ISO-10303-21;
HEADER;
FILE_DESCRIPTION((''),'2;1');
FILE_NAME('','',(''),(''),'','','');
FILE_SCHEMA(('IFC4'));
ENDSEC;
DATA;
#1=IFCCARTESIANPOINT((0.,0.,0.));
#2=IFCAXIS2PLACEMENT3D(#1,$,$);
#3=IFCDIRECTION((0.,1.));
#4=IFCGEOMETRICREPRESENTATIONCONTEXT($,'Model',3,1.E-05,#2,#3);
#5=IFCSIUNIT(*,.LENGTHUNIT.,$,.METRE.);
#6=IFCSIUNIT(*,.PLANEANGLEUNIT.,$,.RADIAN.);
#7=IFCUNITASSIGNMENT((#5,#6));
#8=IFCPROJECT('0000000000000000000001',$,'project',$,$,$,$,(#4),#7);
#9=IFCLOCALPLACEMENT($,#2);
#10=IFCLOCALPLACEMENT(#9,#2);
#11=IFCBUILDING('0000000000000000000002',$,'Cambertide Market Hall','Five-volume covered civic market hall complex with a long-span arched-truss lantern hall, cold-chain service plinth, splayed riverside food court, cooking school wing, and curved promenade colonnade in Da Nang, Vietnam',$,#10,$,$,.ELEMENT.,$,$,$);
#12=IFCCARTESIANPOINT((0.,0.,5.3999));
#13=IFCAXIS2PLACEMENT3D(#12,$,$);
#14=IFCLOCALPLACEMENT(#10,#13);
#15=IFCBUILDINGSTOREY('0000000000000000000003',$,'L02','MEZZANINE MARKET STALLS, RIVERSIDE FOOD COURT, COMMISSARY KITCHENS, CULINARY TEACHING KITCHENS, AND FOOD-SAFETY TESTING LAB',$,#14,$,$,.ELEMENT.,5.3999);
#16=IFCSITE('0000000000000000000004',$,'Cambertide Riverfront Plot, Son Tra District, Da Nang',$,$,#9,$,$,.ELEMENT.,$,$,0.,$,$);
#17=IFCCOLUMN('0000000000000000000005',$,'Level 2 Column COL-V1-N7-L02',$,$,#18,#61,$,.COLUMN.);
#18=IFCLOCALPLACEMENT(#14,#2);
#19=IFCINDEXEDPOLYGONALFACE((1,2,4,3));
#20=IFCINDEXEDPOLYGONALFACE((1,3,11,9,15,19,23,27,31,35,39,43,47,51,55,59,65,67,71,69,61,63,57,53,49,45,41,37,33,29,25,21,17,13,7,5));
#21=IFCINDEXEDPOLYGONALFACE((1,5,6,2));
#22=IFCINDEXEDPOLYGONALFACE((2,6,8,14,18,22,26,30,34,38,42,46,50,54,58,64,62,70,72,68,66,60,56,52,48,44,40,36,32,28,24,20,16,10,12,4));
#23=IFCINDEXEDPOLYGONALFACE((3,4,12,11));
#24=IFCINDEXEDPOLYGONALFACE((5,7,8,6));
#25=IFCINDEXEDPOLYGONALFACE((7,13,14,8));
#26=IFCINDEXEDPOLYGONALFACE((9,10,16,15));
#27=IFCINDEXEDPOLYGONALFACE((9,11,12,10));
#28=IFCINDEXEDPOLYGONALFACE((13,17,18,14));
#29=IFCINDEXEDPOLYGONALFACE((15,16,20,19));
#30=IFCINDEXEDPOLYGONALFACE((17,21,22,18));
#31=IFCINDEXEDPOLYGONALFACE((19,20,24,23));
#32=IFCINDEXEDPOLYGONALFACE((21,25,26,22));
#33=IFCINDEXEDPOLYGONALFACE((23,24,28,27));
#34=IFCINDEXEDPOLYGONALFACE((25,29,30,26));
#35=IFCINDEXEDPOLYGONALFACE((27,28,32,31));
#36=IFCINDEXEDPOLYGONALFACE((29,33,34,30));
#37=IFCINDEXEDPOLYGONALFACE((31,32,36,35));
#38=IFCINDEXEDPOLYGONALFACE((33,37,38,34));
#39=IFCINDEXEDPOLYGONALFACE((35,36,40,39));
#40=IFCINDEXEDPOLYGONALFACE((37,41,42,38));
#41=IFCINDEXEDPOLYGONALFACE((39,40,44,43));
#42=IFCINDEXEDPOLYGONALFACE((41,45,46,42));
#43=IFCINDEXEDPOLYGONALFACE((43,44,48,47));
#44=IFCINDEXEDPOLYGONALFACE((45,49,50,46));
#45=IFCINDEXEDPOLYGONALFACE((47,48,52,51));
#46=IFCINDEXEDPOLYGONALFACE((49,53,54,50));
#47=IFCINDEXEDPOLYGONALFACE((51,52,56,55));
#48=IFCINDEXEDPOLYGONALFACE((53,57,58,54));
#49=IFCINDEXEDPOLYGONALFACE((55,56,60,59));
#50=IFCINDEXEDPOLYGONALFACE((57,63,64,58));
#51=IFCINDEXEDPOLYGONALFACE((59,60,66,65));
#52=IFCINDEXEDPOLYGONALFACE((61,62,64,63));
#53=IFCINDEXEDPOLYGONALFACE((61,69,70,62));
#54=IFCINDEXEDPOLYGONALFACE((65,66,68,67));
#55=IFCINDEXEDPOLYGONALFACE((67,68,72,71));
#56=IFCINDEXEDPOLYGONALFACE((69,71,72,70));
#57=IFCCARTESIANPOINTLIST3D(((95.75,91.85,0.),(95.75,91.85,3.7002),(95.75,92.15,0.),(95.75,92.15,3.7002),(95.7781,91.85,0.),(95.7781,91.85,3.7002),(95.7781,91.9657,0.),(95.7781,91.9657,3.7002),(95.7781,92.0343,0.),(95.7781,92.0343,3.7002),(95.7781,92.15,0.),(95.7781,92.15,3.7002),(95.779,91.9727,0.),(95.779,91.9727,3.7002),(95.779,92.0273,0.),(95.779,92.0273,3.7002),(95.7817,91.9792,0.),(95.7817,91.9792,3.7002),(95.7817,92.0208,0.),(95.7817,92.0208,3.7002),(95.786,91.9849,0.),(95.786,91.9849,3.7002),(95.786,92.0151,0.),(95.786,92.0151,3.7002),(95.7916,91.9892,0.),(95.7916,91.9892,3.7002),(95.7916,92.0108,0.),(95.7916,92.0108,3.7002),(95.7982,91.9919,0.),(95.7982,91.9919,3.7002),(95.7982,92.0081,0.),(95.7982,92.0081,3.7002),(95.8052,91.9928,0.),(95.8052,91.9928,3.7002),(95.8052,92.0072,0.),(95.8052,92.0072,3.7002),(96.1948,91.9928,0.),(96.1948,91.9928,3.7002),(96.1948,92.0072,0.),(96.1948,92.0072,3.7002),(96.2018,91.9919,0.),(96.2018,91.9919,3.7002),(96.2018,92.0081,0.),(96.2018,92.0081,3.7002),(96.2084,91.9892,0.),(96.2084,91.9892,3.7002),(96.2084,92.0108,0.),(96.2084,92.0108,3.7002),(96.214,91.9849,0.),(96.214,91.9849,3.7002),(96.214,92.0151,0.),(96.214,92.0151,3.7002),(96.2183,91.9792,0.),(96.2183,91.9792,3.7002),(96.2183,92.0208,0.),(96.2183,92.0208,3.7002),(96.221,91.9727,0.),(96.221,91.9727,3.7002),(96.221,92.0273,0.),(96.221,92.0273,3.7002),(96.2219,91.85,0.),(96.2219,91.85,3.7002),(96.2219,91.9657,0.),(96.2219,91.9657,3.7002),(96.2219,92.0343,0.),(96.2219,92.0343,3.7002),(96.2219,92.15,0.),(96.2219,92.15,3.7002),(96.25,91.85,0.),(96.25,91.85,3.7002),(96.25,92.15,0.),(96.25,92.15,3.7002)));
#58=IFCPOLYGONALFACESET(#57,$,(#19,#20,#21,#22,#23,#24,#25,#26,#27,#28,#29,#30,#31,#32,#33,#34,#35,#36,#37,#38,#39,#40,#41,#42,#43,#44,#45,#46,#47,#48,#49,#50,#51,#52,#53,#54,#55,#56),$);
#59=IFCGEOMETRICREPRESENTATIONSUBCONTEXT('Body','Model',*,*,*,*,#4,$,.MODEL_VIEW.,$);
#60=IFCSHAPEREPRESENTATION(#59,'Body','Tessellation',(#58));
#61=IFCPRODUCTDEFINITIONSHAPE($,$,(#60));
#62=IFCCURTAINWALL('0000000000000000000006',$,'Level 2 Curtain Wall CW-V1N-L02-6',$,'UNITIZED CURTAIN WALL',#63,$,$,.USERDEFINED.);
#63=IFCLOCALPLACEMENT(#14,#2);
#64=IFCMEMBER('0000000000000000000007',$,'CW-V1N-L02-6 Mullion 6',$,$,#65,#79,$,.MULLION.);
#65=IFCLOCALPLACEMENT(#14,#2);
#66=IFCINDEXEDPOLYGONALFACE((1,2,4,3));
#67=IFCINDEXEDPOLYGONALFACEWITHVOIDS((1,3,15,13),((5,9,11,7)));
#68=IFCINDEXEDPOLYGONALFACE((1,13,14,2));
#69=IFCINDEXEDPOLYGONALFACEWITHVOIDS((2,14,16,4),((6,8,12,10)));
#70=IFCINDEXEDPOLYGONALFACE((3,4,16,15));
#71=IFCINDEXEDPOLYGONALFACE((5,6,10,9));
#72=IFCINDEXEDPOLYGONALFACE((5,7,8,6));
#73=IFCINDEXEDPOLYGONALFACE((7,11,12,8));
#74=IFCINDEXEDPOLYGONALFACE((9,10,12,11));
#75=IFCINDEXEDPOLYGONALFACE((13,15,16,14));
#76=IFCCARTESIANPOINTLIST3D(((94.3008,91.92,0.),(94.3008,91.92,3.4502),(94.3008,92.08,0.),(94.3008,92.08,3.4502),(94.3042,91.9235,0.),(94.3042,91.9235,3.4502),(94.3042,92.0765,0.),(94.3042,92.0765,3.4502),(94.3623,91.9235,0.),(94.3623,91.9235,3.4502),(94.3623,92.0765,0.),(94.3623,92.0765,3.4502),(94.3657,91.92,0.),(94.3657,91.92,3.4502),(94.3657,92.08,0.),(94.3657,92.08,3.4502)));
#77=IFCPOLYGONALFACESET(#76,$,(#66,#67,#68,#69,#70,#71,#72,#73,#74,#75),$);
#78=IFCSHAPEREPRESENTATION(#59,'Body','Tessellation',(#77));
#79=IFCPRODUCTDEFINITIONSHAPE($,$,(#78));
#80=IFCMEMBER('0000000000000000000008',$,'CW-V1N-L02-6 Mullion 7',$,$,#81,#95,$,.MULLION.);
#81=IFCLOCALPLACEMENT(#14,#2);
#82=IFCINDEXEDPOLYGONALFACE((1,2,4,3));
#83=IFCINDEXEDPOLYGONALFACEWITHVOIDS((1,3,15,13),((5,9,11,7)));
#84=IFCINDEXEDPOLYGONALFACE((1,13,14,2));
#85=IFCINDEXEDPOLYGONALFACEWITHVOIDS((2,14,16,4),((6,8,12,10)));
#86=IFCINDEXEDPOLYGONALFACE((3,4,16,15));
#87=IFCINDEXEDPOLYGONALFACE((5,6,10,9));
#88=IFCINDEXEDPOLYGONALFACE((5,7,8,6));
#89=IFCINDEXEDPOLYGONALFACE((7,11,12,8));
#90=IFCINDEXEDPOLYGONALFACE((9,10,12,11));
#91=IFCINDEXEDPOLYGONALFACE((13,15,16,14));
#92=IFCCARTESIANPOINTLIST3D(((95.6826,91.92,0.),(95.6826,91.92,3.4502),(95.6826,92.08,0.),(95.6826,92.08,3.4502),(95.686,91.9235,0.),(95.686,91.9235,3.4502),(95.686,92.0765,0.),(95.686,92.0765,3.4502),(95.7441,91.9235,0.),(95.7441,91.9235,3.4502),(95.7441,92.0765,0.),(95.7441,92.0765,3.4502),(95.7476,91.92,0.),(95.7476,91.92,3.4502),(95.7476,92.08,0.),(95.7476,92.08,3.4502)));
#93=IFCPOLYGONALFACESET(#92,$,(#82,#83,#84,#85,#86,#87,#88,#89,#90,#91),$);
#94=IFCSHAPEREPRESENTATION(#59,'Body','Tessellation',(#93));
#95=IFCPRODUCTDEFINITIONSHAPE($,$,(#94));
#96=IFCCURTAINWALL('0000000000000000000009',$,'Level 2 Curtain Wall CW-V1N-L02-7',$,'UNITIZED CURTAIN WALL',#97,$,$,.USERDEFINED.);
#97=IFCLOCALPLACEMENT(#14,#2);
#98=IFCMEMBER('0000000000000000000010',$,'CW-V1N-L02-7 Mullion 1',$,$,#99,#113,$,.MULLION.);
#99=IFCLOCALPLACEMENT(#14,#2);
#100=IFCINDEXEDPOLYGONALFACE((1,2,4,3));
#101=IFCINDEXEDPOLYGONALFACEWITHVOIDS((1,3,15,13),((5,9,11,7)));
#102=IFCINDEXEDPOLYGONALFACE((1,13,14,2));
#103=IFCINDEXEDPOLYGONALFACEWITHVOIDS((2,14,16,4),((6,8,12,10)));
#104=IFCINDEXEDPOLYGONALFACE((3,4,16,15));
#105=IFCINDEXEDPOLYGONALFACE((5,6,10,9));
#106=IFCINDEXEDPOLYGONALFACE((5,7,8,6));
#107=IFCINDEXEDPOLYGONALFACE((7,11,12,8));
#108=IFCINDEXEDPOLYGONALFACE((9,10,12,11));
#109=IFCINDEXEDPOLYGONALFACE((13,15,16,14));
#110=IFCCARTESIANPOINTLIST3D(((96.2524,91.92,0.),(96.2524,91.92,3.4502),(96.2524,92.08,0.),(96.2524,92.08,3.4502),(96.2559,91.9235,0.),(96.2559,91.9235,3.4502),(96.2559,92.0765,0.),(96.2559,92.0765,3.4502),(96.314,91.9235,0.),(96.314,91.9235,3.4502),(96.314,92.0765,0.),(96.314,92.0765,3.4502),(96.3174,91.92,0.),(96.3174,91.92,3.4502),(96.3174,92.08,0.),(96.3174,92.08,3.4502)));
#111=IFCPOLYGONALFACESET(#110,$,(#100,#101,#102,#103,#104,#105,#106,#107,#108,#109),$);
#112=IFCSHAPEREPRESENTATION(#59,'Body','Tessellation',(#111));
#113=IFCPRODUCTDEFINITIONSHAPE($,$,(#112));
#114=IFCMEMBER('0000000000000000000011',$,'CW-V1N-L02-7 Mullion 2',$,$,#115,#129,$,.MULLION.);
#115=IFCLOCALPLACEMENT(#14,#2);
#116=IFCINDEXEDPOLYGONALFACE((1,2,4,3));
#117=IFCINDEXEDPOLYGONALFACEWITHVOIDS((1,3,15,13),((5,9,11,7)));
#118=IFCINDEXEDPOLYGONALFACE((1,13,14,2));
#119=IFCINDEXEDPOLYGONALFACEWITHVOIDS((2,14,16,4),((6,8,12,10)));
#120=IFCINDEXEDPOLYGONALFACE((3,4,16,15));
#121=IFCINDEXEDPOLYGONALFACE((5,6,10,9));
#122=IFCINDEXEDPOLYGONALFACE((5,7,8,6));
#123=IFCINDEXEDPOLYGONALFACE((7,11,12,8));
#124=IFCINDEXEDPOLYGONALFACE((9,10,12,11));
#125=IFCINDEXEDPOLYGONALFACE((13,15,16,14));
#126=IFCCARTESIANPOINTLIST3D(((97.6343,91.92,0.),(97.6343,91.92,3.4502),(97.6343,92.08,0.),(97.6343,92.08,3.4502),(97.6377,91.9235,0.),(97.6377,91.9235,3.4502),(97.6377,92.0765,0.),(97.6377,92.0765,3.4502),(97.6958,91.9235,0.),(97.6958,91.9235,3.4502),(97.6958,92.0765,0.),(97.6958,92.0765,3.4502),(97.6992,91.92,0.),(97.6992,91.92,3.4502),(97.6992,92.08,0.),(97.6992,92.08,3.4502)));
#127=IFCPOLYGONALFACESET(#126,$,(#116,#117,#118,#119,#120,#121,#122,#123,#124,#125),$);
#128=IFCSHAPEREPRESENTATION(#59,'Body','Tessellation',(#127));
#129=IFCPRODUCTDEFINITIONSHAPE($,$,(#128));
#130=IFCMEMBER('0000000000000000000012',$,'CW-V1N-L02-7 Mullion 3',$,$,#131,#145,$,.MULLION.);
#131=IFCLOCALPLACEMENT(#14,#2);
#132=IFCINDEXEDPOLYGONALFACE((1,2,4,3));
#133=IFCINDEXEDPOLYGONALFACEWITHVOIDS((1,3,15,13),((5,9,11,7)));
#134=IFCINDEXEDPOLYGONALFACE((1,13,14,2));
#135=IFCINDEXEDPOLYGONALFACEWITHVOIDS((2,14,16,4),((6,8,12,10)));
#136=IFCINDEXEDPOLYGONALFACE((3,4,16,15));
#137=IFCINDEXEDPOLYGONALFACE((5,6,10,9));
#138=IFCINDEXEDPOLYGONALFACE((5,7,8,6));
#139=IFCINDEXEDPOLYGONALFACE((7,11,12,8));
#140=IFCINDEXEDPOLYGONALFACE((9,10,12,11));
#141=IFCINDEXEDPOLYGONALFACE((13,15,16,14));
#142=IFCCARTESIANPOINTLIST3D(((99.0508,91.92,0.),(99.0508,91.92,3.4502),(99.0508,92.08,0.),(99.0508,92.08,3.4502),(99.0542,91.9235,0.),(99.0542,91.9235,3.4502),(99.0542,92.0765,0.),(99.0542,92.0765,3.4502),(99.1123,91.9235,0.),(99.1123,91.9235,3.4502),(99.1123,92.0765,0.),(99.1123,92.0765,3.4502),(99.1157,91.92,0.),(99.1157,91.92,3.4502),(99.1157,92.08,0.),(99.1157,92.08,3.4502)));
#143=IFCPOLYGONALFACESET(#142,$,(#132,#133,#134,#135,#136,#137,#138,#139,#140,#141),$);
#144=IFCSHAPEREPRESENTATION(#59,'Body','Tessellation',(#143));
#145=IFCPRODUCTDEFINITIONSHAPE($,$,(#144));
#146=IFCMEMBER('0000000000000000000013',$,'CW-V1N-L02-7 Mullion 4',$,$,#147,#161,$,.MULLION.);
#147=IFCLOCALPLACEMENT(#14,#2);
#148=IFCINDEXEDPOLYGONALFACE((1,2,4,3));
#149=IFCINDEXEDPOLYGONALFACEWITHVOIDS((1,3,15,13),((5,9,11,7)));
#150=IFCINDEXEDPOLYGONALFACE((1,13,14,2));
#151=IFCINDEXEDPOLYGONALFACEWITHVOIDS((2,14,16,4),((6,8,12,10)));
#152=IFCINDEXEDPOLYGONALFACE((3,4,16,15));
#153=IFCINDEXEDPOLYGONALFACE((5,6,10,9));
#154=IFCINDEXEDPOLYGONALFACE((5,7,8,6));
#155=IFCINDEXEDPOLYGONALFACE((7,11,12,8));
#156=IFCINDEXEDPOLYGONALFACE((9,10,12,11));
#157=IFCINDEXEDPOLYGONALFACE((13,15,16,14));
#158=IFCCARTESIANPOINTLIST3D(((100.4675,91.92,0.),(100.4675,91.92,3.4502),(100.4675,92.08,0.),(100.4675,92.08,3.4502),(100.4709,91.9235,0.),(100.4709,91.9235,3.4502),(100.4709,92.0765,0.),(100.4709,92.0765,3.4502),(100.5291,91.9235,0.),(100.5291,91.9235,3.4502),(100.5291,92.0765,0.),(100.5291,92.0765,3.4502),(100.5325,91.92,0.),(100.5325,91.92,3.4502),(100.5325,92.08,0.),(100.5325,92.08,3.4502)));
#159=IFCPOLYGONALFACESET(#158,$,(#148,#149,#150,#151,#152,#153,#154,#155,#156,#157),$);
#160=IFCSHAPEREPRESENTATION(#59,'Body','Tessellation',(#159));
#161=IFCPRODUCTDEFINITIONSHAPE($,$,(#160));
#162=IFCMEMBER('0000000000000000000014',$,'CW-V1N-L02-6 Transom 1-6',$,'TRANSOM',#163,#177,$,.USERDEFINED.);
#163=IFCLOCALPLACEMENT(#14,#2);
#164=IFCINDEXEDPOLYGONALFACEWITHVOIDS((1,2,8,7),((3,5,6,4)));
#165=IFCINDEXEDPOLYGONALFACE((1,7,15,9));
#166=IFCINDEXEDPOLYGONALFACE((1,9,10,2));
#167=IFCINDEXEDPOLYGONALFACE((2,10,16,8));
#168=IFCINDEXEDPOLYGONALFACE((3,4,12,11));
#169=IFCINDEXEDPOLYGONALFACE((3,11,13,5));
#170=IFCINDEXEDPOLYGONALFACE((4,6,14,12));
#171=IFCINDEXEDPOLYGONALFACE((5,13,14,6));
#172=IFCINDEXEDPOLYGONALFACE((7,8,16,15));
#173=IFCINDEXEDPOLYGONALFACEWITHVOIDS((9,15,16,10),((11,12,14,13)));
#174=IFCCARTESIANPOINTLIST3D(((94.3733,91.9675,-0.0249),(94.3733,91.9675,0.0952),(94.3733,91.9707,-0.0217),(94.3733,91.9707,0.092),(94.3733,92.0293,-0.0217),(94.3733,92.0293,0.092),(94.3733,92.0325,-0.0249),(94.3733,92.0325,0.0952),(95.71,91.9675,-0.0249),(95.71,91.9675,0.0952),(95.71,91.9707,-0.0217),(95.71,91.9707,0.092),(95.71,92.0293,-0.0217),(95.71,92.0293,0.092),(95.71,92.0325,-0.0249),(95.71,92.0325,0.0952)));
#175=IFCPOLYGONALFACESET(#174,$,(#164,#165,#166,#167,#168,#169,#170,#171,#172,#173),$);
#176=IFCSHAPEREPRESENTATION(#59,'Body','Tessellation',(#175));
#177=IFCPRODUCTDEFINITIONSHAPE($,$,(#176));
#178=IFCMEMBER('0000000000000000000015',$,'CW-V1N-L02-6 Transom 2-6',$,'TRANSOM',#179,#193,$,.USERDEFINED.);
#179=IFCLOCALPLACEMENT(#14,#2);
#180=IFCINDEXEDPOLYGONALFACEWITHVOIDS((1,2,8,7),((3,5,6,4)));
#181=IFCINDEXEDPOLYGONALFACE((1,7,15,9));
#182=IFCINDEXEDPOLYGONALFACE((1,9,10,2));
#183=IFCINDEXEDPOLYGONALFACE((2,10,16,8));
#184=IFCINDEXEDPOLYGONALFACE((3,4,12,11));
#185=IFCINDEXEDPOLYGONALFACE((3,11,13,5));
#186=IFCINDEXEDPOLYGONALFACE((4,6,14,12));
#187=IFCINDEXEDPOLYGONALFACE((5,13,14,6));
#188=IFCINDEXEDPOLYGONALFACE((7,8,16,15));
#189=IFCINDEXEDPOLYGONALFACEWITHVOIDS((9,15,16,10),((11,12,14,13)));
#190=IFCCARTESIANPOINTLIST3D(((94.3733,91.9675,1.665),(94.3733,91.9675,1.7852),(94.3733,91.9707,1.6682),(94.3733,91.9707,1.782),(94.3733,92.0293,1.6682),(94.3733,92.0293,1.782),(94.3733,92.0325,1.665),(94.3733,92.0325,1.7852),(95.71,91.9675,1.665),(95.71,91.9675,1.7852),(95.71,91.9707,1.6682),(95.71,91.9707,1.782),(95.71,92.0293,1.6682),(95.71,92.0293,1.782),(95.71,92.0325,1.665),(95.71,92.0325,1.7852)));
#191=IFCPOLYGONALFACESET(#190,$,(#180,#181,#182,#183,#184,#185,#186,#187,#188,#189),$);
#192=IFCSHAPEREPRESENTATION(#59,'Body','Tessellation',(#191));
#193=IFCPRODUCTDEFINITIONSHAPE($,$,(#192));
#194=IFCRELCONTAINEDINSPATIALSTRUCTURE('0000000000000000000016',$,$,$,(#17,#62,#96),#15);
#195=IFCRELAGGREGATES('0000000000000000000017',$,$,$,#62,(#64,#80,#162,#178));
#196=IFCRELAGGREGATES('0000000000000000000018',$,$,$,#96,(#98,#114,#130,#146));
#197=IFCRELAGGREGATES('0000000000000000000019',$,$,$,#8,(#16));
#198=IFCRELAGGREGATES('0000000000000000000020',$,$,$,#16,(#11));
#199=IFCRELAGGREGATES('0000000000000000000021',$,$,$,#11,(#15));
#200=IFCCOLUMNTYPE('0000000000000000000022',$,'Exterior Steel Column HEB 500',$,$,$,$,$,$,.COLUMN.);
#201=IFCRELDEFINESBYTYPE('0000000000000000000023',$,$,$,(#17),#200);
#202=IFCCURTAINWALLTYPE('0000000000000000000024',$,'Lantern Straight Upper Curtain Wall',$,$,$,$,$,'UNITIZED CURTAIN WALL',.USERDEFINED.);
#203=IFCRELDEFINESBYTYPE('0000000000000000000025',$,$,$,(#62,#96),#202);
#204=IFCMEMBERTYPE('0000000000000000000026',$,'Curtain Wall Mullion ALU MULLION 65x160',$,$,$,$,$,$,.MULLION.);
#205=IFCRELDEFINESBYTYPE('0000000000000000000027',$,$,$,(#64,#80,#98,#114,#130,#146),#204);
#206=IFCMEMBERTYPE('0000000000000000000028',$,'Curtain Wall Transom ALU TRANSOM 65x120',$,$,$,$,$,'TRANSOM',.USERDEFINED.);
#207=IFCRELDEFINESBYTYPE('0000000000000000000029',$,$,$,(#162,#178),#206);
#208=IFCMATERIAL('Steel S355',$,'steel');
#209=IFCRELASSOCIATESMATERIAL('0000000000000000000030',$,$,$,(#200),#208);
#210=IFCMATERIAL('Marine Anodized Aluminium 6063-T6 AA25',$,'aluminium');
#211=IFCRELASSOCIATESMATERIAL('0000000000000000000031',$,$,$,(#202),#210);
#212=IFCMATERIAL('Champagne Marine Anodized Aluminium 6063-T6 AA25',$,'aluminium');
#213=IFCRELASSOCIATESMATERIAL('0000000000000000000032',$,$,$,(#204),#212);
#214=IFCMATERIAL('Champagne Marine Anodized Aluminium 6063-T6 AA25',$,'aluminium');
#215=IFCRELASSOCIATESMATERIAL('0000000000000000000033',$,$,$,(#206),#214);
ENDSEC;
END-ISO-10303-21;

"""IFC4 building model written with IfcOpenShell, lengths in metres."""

from ifc_helpers import new_model, si_unit, direction, frame, origin, origin_2d, place, context, subcontext, project, spatial, hollow_rectangle, i_section, extrude, material, material_profile, profile_set, type_object, element, aggregate, save


model = new_model("IFC4")

# Units and contexts
model_context = context("Model", 3, precision=1e-05, world=origin(), true_north=direction((0.0, 1.0)))
body_context = subcontext(model_context, "Body", "Model", "MODEL_VIEW")
ifc_project = project(units=[si_unit("LENGTHUNIT", "METRE"), si_unit("PLANEANGLEUNIT", "RADIAN")], contexts=[model_context])

# Site, building, storey
site_placement = place(None, origin())
site = spatial("IfcSite", under=ifc_project, at=site_placement, Name="Cambertide Riverfront Plot, Son Tra District, Da Nang", CompositionType="ELEMENT", RefElevation=0.0)
building_placement = place(site_placement, origin())
building = spatial("IfcBuilding", under=site, at=building_placement, Name="Cambertide Market Hall", Description="Five-volume covered civic market hall complex with a long-span arched-truss lantern hall, cold-chain service plinth, splayed riverside food court, cooking school wing, and curved promenade colonnade in Da Nang, Vietnam", CompositionType="ELEMENT")
storey_placement = place(building_placement, frame((0.0, 0.0, 5.3999)))
storey = spatial("IfcBuildingStorey", under=building, at=storey_placement, Name="L02", Description="MEZZANINE MARKET STALLS, RIVERSIDE FOOD COURT, COMMISSARY KITCHENS, CULINARY TEACHING KITCHENS, AND FOOD-SAFETY TESTING LAB", CompositionType="ELEMENT", Elevation=5.3999)

# Column
ifc_material_1 = material(Name="Steel S355", Category="steel")
ifc_material_profile_1 = material_profile(ifc_material_1, i_section(OverallWidth=0.3, OverallDepth=0.5, WebThickness=0.0144, FlangeThickness=0.0281, FilletRadius=0.0271, at=origin_2d()), Name="HEB 500")
ifc_profile_set_1 = profile_set([ifc_material_profile_1], Name="Steel S355")
column_type = type_object("IfcColumnType", Name="Exterior Steel Column HEB 500", PredefinedType="COLUMN", material=ifc_profile_set_1)
column_placement = place(storey_placement, frame((96.0, 92.0, 0.0), z_axis=(0.0, 0.0, 1.0), x_axis=(0.0, 1.0, 0.0)))
element("IfcColumn", 1, at=column_placement, inside=storey, type_object=column_type, Name="Level 2 Column COL-V1-N7-L02", PredefinedType="COLUMN", context=body_context, shape_type="SweptSolid", body=[
    extrude(i_section(OverallWidth=0.3, OverallDepth=0.5, WebThickness=0.0144, FlangeThickness=0.0281, FilletRadius=0.0271, at=origin_2d()), origin(), (0.0, 0.0, 1.0), 3.7002),
])

# Curtain walls, members
ifc_material_2 = material(Name="Marine Anodized Aluminium 6063-T6 AA25", Category="aluminium")
curtain_wall_type = type_object("IfcCurtainWallType", Name="Lantern Straight Upper Curtain Wall", ElementType="UNITIZED CURTAIN WALL", PredefinedType="USERDEFINED", material=ifc_material_2)
curtain_wall_1_placement = place(storey_placement, origin())
curtain_wall_1 = element("IfcCurtainWall", 2, at=curtain_wall_1_placement, inside=storey, type_object=curtain_wall_type, Name="Level 2 Curtain Wall CW-V1N-L02-6", ObjectType="UNITIZED CURTAIN WALL", PredefinedType="USERDEFINED")
ifc_material_3 = material(Name="Champagne Marine Anodized Aluminium 6063-T6 AA25", Category="aluminium")
ifc_material_profile_2 = material_profile(ifc_material_3, hollow_rectangle(XDim=0.0649, YDim=0.1599, WallThickness=0.0034, at=origin_2d()), Name="ALU MULLION 65x160")
ifc_profile_set_2 = profile_set([ifc_material_profile_2], Name="Champagne Marine Anodized Aluminium 6063-T6 AA25")
member_type_1 = type_object("IfcMemberType", Name="Curtain Wall Mullion ALU MULLION 65x160", PredefinedType="MULLION", material=ifc_profile_set_2)
member_1_placement = place(storey_placement, frame((94.3333, 92.0, 0.0), z_axis=(0.0, 0.0, 1.0), x_axis=(1.0, 0.0, 0.0)))
member_1 = element("IfcMember", 3, at=member_1_placement, type_object=member_type_1, Name="CW-V1N-L02-6 Mullion 6", PredefinedType="MULLION", context=body_context, shape_type="SweptSolid", body=[
    extrude(hollow_rectangle(XDim=0.0649, YDim=0.1599, WallThickness=0.0034, at=origin_2d()), origin(), (0.0, 0.0, 1.0), 3.4502),
])
member_2_placement = place(storey_placement, frame((95.7151, 92.0, 0.0), z_axis=(0.0, 0.0, 1.0), x_axis=(1.0, 0.0, 0.0)))
member_2 = element("IfcMember", 4, at=member_2_placement, type_object=member_type_1, Name="CW-V1N-L02-6 Mullion 7", PredefinedType="MULLION", context=body_context, shape_type="SweptSolid", body=[
    extrude(hollow_rectangle(XDim=0.0649, YDim=0.1599, WallThickness=0.0034, at=origin_2d()), origin(), (0.0, 0.0, 1.0), 3.4502),
])
curtain_wall_2_placement = place(storey_placement, origin())
curtain_wall_2 = element("IfcCurtainWall", 5, at=curtain_wall_2_placement, inside=storey, type_object=curtain_wall_type, Name="Level 2 Curtain Wall CW-V1N-L02-7", ObjectType="UNITIZED CURTAIN WALL", PredefinedType="USERDEFINED")
member_3_placement = place(storey_placement, frame((96.2849, 92.0, 0.0), z_axis=(0.0, 0.0, 1.0), x_axis=(1.0, 0.0, 0.0)))
member_3 = element("IfcMember", 6, at=member_3_placement, type_object=member_type_1, Name="CW-V1N-L02-7 Mullion 1", PredefinedType="MULLION", context=body_context, shape_type="SweptSolid", body=[
    extrude(hollow_rectangle(XDim=0.0649, YDim=0.1599, WallThickness=0.0034, at=origin_2d()), origin(), (0.0, 0.0, 1.0), 3.4502),
])
member_4_placement = place(storey_placement, frame((97.6667, 92.0, 0.0), z_axis=(0.0, 0.0, 1.0), x_axis=(1.0, 0.0, 0.0)))
member_4 = element("IfcMember", 7, at=member_4_placement, type_object=member_type_1, Name="CW-V1N-L02-7 Mullion 2", PredefinedType="MULLION", context=body_context, shape_type="SweptSolid", body=[
    extrude(hollow_rectangle(XDim=0.0649, YDim=0.1599, WallThickness=0.0034, at=origin_2d()), origin(), (0.0, 0.0, 1.0), 3.4502),
])
member_5_placement = place(storey_placement, frame((99.0833, 92.0, 0.0), z_axis=(0.0, 0.0, 1.0), x_axis=(1.0, 0.0, 0.0)))
member_5 = element("IfcMember", 8, at=member_5_placement, type_object=member_type_1, Name="CW-V1N-L02-7 Mullion 3", PredefinedType="MULLION", context=body_context, shape_type="SweptSolid", body=[
    extrude(hollow_rectangle(XDim=0.0649, YDim=0.1599, WallThickness=0.0034, at=origin_2d()), origin(), (0.0, 0.0, 1.0), 3.4502),
])
member_6_placement = place(storey_placement, frame((100.5, 92.0, 0.0), z_axis=(0.0, 0.0, 1.0), x_axis=(1.0, 0.0, 0.0)))
member_6 = element("IfcMember", 9, at=member_6_placement, type_object=member_type_1, Name="CW-V1N-L02-7 Mullion 4", PredefinedType="MULLION", context=body_context, shape_type="SweptSolid", body=[
    extrude(hollow_rectangle(XDim=0.0649, YDim=0.1599, WallThickness=0.0034, at=origin_2d()), origin(), (0.0, 0.0, 1.0), 3.4502),
])

# Members
ifc_material_4 = material(Name="Champagne Marine Anodized Aluminium 6063-T6 AA25", Category="aluminium")
ifc_material_profile_3 = material_profile(ifc_material_4, hollow_rectangle(XDim=0.0649, YDim=0.1201, WallThickness=0.0032, at=origin_2d()), Name="ALU TRANSOM 65x120")
ifc_profile_set_3 = profile_set([ifc_material_profile_3], Name="Champagne Marine Anodized Aluminium 6063-T6 AA25")
member_type_2 = type_object("IfcMemberType", Name="Curtain Wall Transom ALU TRANSOM 65x120", ElementType="TRANSOM", PredefinedType="USERDEFINED", material=ifc_profile_set_3)
member_7_placement = place(storey_placement, frame((94.3733, 92.0, 0.0352), z_axis=(1.0, 0.0, 0.0), x_axis=(0.0, 1.0, 0.0)))
member_7 = element("IfcMember", 10, at=member_7_placement, type_object=member_type_2, Name="CW-V1N-L02-6 Transom 1-6", ObjectType="TRANSOM", PredefinedType="USERDEFINED", context=body_context, shape_type="SweptSolid", body=[
    extrude(hollow_rectangle(XDim=0.0649, YDim=0.1201, WallThickness=0.0032, at=origin_2d()), origin(), (0.0, 0.0, 1.0), 1.3367),
])
member_8_placement = place(storey_placement, frame((94.3733, 92.0, 1.7251), z_axis=(1.0, 0.0, 0.0), x_axis=(0.0, 1.0, 0.0)))
member_8 = element("IfcMember", 11, at=member_8_placement, type_object=member_type_2, Name="CW-V1N-L02-6 Transom 2-6", ObjectType="TRANSOM", PredefinedType="USERDEFINED", context=body_context, shape_type="SweptSolid", body=[
    extrude(hollow_rectangle(XDim=0.0649, YDim=0.1201, WallThickness=0.0032, at=origin_2d()), origin(), (0.0, 0.0, 1.0), 1.3367),
])

aggregate(curtain_wall_1, [member_1, member_2, member_7, member_8])
aggregate(curtain_wall_2, [member_3, member_4, member_5, member_6])

save(model, "model.ifc")
